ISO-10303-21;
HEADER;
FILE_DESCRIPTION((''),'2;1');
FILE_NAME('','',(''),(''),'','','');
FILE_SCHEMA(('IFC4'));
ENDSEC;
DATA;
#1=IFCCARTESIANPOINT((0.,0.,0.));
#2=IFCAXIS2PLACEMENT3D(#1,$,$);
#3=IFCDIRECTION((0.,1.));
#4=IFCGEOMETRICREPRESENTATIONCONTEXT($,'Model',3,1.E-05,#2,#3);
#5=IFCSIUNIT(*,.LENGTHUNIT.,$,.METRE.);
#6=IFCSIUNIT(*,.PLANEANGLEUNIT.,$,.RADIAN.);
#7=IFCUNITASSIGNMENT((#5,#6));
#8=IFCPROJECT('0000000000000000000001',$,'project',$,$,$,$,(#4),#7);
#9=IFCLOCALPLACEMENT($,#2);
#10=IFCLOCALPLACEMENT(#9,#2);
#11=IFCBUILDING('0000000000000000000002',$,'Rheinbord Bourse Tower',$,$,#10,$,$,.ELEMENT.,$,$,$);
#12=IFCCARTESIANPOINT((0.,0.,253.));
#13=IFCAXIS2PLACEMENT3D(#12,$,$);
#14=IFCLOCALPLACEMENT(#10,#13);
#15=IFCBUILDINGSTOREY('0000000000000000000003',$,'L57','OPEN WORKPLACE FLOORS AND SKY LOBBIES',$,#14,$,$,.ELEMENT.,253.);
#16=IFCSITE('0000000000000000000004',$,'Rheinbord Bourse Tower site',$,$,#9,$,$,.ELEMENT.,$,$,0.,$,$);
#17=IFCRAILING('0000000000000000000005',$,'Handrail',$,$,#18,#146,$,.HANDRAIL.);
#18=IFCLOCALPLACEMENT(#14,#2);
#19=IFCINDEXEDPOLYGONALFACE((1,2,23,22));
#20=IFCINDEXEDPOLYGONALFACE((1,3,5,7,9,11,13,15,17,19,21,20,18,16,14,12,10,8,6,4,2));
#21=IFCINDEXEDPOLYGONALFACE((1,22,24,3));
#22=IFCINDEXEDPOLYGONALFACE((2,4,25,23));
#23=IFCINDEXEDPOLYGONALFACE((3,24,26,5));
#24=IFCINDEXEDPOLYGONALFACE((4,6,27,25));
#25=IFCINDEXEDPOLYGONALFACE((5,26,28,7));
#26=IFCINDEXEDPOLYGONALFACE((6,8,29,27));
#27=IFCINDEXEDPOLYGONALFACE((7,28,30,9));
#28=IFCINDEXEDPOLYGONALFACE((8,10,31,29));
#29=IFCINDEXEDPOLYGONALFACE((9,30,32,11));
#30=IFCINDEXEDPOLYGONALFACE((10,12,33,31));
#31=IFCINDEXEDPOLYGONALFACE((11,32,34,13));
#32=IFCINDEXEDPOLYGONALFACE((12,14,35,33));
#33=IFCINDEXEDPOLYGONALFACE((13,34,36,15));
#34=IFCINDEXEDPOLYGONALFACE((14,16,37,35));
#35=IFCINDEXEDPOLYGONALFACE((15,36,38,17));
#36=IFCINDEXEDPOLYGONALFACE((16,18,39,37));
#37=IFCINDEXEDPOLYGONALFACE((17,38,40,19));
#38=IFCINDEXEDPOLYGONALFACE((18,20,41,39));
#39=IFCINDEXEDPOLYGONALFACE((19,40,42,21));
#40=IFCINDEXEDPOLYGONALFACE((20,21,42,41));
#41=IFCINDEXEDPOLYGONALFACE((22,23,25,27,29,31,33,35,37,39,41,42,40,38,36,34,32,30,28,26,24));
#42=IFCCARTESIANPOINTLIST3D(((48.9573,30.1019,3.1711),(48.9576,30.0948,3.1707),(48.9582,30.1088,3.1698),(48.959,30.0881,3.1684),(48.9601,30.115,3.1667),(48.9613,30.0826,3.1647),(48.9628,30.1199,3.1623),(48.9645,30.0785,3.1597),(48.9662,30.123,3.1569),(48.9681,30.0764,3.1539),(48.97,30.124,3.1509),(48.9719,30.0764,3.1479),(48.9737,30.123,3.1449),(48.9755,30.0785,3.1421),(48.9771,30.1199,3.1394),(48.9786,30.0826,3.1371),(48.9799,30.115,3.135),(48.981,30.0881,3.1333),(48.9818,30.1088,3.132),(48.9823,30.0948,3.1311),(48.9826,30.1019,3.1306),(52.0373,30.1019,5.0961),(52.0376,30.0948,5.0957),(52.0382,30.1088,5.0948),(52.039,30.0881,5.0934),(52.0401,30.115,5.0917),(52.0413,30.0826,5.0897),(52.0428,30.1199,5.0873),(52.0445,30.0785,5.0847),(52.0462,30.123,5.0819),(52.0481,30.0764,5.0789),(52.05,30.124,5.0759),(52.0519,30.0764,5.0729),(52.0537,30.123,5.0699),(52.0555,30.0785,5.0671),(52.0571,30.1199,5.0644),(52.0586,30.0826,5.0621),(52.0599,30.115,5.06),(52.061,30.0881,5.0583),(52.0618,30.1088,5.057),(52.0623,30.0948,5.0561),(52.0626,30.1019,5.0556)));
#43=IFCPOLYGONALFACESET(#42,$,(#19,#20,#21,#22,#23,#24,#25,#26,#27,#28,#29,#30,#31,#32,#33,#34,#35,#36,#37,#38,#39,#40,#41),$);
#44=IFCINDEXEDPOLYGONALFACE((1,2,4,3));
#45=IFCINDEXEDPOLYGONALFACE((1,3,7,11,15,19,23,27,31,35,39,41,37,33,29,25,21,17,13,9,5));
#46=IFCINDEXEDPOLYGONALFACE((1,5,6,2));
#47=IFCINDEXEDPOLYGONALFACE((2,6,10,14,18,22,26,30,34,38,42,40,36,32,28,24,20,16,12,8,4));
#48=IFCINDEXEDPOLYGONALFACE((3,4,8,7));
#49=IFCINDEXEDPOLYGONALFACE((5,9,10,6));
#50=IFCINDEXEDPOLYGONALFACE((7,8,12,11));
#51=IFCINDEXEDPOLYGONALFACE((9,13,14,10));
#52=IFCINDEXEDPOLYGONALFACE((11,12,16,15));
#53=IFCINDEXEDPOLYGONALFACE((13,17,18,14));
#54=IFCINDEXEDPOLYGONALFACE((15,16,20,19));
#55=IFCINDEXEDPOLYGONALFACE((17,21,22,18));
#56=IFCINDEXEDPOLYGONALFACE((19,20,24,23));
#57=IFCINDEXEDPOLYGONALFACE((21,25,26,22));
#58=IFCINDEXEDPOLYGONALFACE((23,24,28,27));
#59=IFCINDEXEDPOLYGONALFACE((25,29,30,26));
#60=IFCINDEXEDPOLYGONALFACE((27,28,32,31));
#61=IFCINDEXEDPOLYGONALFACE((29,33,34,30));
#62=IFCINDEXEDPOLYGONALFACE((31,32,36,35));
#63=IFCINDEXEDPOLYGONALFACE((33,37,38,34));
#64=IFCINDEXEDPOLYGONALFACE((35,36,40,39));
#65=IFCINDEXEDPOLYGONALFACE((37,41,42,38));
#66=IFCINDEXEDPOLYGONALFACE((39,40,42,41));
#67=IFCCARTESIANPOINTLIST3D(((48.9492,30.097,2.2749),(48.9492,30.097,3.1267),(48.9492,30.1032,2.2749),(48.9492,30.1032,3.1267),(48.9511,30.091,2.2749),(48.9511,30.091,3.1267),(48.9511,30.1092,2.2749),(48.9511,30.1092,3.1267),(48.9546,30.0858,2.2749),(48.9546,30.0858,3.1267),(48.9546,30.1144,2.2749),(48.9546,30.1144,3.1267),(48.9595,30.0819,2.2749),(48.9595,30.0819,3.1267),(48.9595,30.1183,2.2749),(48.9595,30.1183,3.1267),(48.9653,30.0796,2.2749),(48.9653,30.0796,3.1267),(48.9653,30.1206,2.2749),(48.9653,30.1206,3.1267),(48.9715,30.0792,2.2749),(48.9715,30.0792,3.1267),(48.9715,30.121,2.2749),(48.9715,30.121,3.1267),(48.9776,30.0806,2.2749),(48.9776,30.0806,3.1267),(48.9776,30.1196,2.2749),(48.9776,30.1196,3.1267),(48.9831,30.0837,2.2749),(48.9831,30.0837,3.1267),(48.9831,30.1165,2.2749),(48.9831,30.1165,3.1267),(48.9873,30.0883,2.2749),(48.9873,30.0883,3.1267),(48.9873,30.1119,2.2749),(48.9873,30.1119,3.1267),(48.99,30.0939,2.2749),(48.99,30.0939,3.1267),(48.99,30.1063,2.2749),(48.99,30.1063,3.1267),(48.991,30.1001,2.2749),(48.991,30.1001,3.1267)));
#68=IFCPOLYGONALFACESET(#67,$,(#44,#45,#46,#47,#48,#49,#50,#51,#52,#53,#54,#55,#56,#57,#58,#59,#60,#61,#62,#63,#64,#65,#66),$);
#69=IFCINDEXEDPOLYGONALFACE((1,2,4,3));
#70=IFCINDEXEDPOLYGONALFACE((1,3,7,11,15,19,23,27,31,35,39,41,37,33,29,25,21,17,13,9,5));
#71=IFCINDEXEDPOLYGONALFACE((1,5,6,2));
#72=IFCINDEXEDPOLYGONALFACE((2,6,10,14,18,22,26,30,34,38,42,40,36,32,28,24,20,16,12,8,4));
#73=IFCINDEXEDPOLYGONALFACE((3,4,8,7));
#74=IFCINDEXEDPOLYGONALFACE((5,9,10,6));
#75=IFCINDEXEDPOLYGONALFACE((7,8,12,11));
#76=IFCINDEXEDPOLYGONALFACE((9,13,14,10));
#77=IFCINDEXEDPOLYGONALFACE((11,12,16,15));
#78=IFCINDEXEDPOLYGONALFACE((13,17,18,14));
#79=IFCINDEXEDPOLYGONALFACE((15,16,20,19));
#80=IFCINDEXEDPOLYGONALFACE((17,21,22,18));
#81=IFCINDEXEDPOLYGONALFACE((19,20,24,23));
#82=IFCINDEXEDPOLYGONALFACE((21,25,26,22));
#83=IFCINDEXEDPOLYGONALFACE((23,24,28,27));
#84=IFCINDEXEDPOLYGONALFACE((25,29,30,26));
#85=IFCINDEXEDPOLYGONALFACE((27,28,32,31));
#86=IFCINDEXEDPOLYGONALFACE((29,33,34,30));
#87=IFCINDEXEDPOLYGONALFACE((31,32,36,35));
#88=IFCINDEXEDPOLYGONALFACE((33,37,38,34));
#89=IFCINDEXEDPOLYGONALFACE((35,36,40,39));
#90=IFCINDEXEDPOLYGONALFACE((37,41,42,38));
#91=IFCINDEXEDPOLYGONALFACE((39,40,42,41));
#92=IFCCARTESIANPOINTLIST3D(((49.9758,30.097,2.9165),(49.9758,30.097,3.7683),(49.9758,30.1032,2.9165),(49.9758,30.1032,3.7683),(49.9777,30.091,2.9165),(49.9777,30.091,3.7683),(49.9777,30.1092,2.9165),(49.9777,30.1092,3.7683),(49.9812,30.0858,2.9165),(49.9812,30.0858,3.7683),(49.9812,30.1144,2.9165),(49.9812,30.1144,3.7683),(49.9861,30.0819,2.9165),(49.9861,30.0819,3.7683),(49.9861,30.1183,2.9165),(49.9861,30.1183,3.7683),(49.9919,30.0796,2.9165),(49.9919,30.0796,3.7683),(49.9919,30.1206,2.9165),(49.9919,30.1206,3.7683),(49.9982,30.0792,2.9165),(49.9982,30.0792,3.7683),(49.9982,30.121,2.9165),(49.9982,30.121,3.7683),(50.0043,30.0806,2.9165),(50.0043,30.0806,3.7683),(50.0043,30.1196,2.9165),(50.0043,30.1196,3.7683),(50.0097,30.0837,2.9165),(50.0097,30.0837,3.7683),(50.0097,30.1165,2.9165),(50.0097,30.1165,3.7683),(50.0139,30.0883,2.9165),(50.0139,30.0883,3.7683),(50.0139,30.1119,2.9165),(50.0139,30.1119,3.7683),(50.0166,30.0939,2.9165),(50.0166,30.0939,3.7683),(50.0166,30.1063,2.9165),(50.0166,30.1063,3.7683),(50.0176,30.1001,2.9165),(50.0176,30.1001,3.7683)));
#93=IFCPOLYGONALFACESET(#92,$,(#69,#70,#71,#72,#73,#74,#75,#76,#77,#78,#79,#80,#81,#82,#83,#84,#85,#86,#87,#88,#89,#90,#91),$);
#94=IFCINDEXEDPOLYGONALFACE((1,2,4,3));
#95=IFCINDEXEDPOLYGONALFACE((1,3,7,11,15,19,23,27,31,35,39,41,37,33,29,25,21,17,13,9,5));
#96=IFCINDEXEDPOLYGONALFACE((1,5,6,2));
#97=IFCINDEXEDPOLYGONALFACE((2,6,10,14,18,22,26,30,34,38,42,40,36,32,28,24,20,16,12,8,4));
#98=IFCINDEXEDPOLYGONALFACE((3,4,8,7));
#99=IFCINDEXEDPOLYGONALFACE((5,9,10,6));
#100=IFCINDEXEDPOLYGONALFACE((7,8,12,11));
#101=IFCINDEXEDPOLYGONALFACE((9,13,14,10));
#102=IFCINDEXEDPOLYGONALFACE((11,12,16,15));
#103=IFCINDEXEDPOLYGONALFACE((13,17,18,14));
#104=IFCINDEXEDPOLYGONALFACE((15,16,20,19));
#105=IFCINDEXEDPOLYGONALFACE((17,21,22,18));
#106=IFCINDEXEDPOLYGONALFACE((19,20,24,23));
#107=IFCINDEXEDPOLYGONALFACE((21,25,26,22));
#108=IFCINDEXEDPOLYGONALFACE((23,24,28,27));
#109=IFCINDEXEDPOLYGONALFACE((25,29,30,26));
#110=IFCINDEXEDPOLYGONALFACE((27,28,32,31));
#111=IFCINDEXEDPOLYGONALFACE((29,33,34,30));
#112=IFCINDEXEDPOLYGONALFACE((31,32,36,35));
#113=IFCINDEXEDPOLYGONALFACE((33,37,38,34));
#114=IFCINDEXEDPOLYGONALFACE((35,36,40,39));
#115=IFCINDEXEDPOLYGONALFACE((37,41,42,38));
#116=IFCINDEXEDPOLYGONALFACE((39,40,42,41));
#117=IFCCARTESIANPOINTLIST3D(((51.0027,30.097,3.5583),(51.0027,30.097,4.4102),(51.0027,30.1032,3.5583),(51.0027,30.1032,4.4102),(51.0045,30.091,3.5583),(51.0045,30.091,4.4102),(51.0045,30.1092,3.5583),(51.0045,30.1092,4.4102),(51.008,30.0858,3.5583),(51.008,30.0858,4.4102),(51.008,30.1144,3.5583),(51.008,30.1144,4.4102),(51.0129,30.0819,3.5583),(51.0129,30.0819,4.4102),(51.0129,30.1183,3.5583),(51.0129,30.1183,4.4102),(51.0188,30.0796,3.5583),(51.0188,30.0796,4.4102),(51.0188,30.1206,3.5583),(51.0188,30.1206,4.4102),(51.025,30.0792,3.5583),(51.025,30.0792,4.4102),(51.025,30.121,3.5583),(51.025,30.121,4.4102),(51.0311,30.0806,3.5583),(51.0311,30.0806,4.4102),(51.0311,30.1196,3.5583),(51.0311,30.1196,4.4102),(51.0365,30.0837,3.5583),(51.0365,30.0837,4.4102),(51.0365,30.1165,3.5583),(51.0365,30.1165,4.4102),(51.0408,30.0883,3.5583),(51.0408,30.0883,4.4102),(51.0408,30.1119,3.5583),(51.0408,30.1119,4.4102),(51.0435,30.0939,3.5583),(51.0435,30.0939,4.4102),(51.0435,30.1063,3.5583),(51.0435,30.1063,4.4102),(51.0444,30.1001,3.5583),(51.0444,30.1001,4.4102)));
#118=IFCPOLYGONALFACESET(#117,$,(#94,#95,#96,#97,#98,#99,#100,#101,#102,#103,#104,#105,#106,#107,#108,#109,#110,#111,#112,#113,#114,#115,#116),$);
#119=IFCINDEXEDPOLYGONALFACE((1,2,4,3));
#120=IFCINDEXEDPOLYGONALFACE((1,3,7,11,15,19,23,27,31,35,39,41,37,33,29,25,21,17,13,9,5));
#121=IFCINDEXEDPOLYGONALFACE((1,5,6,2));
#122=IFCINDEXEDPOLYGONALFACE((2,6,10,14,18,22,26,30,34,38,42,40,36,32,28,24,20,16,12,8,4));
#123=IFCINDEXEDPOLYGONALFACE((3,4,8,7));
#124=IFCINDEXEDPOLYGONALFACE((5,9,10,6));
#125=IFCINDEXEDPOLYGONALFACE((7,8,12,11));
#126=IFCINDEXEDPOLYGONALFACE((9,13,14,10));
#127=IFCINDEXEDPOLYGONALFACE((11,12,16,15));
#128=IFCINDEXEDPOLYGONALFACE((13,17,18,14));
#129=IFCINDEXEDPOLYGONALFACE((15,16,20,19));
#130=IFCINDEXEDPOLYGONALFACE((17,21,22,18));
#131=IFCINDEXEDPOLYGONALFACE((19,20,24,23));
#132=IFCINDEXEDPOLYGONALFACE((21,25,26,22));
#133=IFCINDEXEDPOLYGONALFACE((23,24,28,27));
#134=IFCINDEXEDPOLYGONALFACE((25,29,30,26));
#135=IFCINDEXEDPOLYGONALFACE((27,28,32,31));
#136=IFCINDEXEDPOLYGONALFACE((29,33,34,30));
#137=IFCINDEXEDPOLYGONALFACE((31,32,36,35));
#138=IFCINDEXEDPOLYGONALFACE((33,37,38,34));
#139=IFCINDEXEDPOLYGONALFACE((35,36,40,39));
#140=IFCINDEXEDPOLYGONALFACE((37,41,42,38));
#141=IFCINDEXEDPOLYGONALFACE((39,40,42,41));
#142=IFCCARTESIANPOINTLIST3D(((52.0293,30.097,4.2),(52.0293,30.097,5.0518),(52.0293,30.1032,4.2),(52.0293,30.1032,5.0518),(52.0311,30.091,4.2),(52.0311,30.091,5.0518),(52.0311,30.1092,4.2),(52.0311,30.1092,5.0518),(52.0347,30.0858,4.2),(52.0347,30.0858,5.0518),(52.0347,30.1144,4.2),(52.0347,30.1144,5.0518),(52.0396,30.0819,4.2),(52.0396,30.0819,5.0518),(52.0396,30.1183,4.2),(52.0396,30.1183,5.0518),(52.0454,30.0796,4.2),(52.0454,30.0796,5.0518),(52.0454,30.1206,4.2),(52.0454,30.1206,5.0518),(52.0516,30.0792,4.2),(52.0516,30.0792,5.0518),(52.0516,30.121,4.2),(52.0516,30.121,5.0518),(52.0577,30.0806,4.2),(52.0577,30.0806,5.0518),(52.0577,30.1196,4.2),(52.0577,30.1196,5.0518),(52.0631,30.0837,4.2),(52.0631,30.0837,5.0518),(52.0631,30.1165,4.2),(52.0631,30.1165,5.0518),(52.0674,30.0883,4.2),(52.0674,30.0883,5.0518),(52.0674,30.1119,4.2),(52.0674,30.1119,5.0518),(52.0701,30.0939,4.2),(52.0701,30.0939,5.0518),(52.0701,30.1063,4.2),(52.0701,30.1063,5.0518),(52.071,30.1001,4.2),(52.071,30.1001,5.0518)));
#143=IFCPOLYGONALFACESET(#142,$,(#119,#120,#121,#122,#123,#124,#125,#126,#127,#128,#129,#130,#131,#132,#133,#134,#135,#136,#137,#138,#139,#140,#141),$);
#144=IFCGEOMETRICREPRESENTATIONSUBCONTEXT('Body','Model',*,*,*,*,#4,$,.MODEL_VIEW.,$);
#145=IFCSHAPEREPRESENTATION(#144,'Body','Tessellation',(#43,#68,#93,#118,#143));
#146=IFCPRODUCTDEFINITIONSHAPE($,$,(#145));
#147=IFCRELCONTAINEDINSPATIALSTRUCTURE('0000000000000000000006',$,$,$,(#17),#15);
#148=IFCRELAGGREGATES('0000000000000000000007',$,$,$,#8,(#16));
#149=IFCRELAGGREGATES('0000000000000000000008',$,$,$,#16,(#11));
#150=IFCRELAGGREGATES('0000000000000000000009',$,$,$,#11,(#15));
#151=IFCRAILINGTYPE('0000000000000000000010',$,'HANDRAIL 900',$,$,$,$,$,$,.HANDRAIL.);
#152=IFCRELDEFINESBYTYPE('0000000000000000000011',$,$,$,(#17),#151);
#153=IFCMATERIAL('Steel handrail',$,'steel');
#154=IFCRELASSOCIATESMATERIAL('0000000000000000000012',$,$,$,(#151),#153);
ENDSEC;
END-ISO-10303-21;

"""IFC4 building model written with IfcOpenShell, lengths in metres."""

from ifc_helpers import new_model, si_unit, direction, frame, origin, origin_2d, place, context, subcontext, project, spatial, circle, extrude, material, type_object, element, save


model = new_model("IFC4")

# Units and contexts
model_context = context("Model", 3, precision=1e-05, world=origin(), true_north=direction((0.0, 1.0)))
body_context = subcontext(model_context, "Body", "Model", "MODEL_VIEW")
ifc_project = project(units=[si_unit("LENGTHUNIT", "METRE"), si_unit("PLANEANGLEUNIT", "RADIAN")], contexts=[model_context])

# Site, building, storey
site_placement = place(None, origin())
site = spatial("IfcSite", under=ifc_project, at=site_placement, Name="Rheinbord Bourse Tower site", CompositionType="ELEMENT", RefElevation=0.0)
building_placement = place(site_placement, origin())
building = spatial("IfcBuilding", under=site, at=building_placement, Name="Rheinbord Bourse Tower", CompositionType="ELEMENT")
storey_placement = place(building_placement, frame((0.0, 0.0, 253.0)))
storey = spatial("IfcBuildingStorey", under=building, at=storey_placement, Name="L57", Description="OPEN WORKPLACE FLOORS AND SKY LOBBIES", CompositionType="ELEMENT", Elevation=253.0)

# Railing
ifc_material_1 = material(Name="Steel handrail", Category="steel")
railing_type = type_object("IfcRailingType", Name="HANDRAIL 900", PredefinedType="HANDRAIL", material=ifc_material_1)
railing_1_placement = place(storey_placement, frame((48.97, 30.1001, 2.2749)))
element("IfcRailing", 1, at=railing_1_placement, inside=storey, type_object=railing_type, Name="Handrail", PredefinedType="HANDRAIL", context=body_context, shape_type="SweptSolid", body=[
    extrude(circle(Radius=0.0239, at=origin_2d()), frame((0.0, 0.0, 0.876), z_axis=(0.847998, 0.0, 0.529999), x_axis=(0.0, 1.0, 0.0)), (0.0, 0.0, 1.0), 3.6321),
    extrude(circle(Radius=0.021, at=origin_2d()), origin(), (0.0, 0.0, 1.0), 0.8518),
    extrude(circle(Radius=0.021, at=origin_2d()), frame((1.0266, 0.0, 0.6416)), (0.0, 0.0, 1.0), 0.8518),
    extrude(circle(Radius=0.021, at=origin_2d()), frame((2.0535, 0.0, 1.2834)), (0.0, 0.0, 1.0), 0.8518),
    extrude(circle(Radius=0.021, at=origin_2d()), frame((3.0801, 0.0, 1.925)), (0.0, 0.0, 1.0), 0.8518),
])

save(model, "model.ifc")
